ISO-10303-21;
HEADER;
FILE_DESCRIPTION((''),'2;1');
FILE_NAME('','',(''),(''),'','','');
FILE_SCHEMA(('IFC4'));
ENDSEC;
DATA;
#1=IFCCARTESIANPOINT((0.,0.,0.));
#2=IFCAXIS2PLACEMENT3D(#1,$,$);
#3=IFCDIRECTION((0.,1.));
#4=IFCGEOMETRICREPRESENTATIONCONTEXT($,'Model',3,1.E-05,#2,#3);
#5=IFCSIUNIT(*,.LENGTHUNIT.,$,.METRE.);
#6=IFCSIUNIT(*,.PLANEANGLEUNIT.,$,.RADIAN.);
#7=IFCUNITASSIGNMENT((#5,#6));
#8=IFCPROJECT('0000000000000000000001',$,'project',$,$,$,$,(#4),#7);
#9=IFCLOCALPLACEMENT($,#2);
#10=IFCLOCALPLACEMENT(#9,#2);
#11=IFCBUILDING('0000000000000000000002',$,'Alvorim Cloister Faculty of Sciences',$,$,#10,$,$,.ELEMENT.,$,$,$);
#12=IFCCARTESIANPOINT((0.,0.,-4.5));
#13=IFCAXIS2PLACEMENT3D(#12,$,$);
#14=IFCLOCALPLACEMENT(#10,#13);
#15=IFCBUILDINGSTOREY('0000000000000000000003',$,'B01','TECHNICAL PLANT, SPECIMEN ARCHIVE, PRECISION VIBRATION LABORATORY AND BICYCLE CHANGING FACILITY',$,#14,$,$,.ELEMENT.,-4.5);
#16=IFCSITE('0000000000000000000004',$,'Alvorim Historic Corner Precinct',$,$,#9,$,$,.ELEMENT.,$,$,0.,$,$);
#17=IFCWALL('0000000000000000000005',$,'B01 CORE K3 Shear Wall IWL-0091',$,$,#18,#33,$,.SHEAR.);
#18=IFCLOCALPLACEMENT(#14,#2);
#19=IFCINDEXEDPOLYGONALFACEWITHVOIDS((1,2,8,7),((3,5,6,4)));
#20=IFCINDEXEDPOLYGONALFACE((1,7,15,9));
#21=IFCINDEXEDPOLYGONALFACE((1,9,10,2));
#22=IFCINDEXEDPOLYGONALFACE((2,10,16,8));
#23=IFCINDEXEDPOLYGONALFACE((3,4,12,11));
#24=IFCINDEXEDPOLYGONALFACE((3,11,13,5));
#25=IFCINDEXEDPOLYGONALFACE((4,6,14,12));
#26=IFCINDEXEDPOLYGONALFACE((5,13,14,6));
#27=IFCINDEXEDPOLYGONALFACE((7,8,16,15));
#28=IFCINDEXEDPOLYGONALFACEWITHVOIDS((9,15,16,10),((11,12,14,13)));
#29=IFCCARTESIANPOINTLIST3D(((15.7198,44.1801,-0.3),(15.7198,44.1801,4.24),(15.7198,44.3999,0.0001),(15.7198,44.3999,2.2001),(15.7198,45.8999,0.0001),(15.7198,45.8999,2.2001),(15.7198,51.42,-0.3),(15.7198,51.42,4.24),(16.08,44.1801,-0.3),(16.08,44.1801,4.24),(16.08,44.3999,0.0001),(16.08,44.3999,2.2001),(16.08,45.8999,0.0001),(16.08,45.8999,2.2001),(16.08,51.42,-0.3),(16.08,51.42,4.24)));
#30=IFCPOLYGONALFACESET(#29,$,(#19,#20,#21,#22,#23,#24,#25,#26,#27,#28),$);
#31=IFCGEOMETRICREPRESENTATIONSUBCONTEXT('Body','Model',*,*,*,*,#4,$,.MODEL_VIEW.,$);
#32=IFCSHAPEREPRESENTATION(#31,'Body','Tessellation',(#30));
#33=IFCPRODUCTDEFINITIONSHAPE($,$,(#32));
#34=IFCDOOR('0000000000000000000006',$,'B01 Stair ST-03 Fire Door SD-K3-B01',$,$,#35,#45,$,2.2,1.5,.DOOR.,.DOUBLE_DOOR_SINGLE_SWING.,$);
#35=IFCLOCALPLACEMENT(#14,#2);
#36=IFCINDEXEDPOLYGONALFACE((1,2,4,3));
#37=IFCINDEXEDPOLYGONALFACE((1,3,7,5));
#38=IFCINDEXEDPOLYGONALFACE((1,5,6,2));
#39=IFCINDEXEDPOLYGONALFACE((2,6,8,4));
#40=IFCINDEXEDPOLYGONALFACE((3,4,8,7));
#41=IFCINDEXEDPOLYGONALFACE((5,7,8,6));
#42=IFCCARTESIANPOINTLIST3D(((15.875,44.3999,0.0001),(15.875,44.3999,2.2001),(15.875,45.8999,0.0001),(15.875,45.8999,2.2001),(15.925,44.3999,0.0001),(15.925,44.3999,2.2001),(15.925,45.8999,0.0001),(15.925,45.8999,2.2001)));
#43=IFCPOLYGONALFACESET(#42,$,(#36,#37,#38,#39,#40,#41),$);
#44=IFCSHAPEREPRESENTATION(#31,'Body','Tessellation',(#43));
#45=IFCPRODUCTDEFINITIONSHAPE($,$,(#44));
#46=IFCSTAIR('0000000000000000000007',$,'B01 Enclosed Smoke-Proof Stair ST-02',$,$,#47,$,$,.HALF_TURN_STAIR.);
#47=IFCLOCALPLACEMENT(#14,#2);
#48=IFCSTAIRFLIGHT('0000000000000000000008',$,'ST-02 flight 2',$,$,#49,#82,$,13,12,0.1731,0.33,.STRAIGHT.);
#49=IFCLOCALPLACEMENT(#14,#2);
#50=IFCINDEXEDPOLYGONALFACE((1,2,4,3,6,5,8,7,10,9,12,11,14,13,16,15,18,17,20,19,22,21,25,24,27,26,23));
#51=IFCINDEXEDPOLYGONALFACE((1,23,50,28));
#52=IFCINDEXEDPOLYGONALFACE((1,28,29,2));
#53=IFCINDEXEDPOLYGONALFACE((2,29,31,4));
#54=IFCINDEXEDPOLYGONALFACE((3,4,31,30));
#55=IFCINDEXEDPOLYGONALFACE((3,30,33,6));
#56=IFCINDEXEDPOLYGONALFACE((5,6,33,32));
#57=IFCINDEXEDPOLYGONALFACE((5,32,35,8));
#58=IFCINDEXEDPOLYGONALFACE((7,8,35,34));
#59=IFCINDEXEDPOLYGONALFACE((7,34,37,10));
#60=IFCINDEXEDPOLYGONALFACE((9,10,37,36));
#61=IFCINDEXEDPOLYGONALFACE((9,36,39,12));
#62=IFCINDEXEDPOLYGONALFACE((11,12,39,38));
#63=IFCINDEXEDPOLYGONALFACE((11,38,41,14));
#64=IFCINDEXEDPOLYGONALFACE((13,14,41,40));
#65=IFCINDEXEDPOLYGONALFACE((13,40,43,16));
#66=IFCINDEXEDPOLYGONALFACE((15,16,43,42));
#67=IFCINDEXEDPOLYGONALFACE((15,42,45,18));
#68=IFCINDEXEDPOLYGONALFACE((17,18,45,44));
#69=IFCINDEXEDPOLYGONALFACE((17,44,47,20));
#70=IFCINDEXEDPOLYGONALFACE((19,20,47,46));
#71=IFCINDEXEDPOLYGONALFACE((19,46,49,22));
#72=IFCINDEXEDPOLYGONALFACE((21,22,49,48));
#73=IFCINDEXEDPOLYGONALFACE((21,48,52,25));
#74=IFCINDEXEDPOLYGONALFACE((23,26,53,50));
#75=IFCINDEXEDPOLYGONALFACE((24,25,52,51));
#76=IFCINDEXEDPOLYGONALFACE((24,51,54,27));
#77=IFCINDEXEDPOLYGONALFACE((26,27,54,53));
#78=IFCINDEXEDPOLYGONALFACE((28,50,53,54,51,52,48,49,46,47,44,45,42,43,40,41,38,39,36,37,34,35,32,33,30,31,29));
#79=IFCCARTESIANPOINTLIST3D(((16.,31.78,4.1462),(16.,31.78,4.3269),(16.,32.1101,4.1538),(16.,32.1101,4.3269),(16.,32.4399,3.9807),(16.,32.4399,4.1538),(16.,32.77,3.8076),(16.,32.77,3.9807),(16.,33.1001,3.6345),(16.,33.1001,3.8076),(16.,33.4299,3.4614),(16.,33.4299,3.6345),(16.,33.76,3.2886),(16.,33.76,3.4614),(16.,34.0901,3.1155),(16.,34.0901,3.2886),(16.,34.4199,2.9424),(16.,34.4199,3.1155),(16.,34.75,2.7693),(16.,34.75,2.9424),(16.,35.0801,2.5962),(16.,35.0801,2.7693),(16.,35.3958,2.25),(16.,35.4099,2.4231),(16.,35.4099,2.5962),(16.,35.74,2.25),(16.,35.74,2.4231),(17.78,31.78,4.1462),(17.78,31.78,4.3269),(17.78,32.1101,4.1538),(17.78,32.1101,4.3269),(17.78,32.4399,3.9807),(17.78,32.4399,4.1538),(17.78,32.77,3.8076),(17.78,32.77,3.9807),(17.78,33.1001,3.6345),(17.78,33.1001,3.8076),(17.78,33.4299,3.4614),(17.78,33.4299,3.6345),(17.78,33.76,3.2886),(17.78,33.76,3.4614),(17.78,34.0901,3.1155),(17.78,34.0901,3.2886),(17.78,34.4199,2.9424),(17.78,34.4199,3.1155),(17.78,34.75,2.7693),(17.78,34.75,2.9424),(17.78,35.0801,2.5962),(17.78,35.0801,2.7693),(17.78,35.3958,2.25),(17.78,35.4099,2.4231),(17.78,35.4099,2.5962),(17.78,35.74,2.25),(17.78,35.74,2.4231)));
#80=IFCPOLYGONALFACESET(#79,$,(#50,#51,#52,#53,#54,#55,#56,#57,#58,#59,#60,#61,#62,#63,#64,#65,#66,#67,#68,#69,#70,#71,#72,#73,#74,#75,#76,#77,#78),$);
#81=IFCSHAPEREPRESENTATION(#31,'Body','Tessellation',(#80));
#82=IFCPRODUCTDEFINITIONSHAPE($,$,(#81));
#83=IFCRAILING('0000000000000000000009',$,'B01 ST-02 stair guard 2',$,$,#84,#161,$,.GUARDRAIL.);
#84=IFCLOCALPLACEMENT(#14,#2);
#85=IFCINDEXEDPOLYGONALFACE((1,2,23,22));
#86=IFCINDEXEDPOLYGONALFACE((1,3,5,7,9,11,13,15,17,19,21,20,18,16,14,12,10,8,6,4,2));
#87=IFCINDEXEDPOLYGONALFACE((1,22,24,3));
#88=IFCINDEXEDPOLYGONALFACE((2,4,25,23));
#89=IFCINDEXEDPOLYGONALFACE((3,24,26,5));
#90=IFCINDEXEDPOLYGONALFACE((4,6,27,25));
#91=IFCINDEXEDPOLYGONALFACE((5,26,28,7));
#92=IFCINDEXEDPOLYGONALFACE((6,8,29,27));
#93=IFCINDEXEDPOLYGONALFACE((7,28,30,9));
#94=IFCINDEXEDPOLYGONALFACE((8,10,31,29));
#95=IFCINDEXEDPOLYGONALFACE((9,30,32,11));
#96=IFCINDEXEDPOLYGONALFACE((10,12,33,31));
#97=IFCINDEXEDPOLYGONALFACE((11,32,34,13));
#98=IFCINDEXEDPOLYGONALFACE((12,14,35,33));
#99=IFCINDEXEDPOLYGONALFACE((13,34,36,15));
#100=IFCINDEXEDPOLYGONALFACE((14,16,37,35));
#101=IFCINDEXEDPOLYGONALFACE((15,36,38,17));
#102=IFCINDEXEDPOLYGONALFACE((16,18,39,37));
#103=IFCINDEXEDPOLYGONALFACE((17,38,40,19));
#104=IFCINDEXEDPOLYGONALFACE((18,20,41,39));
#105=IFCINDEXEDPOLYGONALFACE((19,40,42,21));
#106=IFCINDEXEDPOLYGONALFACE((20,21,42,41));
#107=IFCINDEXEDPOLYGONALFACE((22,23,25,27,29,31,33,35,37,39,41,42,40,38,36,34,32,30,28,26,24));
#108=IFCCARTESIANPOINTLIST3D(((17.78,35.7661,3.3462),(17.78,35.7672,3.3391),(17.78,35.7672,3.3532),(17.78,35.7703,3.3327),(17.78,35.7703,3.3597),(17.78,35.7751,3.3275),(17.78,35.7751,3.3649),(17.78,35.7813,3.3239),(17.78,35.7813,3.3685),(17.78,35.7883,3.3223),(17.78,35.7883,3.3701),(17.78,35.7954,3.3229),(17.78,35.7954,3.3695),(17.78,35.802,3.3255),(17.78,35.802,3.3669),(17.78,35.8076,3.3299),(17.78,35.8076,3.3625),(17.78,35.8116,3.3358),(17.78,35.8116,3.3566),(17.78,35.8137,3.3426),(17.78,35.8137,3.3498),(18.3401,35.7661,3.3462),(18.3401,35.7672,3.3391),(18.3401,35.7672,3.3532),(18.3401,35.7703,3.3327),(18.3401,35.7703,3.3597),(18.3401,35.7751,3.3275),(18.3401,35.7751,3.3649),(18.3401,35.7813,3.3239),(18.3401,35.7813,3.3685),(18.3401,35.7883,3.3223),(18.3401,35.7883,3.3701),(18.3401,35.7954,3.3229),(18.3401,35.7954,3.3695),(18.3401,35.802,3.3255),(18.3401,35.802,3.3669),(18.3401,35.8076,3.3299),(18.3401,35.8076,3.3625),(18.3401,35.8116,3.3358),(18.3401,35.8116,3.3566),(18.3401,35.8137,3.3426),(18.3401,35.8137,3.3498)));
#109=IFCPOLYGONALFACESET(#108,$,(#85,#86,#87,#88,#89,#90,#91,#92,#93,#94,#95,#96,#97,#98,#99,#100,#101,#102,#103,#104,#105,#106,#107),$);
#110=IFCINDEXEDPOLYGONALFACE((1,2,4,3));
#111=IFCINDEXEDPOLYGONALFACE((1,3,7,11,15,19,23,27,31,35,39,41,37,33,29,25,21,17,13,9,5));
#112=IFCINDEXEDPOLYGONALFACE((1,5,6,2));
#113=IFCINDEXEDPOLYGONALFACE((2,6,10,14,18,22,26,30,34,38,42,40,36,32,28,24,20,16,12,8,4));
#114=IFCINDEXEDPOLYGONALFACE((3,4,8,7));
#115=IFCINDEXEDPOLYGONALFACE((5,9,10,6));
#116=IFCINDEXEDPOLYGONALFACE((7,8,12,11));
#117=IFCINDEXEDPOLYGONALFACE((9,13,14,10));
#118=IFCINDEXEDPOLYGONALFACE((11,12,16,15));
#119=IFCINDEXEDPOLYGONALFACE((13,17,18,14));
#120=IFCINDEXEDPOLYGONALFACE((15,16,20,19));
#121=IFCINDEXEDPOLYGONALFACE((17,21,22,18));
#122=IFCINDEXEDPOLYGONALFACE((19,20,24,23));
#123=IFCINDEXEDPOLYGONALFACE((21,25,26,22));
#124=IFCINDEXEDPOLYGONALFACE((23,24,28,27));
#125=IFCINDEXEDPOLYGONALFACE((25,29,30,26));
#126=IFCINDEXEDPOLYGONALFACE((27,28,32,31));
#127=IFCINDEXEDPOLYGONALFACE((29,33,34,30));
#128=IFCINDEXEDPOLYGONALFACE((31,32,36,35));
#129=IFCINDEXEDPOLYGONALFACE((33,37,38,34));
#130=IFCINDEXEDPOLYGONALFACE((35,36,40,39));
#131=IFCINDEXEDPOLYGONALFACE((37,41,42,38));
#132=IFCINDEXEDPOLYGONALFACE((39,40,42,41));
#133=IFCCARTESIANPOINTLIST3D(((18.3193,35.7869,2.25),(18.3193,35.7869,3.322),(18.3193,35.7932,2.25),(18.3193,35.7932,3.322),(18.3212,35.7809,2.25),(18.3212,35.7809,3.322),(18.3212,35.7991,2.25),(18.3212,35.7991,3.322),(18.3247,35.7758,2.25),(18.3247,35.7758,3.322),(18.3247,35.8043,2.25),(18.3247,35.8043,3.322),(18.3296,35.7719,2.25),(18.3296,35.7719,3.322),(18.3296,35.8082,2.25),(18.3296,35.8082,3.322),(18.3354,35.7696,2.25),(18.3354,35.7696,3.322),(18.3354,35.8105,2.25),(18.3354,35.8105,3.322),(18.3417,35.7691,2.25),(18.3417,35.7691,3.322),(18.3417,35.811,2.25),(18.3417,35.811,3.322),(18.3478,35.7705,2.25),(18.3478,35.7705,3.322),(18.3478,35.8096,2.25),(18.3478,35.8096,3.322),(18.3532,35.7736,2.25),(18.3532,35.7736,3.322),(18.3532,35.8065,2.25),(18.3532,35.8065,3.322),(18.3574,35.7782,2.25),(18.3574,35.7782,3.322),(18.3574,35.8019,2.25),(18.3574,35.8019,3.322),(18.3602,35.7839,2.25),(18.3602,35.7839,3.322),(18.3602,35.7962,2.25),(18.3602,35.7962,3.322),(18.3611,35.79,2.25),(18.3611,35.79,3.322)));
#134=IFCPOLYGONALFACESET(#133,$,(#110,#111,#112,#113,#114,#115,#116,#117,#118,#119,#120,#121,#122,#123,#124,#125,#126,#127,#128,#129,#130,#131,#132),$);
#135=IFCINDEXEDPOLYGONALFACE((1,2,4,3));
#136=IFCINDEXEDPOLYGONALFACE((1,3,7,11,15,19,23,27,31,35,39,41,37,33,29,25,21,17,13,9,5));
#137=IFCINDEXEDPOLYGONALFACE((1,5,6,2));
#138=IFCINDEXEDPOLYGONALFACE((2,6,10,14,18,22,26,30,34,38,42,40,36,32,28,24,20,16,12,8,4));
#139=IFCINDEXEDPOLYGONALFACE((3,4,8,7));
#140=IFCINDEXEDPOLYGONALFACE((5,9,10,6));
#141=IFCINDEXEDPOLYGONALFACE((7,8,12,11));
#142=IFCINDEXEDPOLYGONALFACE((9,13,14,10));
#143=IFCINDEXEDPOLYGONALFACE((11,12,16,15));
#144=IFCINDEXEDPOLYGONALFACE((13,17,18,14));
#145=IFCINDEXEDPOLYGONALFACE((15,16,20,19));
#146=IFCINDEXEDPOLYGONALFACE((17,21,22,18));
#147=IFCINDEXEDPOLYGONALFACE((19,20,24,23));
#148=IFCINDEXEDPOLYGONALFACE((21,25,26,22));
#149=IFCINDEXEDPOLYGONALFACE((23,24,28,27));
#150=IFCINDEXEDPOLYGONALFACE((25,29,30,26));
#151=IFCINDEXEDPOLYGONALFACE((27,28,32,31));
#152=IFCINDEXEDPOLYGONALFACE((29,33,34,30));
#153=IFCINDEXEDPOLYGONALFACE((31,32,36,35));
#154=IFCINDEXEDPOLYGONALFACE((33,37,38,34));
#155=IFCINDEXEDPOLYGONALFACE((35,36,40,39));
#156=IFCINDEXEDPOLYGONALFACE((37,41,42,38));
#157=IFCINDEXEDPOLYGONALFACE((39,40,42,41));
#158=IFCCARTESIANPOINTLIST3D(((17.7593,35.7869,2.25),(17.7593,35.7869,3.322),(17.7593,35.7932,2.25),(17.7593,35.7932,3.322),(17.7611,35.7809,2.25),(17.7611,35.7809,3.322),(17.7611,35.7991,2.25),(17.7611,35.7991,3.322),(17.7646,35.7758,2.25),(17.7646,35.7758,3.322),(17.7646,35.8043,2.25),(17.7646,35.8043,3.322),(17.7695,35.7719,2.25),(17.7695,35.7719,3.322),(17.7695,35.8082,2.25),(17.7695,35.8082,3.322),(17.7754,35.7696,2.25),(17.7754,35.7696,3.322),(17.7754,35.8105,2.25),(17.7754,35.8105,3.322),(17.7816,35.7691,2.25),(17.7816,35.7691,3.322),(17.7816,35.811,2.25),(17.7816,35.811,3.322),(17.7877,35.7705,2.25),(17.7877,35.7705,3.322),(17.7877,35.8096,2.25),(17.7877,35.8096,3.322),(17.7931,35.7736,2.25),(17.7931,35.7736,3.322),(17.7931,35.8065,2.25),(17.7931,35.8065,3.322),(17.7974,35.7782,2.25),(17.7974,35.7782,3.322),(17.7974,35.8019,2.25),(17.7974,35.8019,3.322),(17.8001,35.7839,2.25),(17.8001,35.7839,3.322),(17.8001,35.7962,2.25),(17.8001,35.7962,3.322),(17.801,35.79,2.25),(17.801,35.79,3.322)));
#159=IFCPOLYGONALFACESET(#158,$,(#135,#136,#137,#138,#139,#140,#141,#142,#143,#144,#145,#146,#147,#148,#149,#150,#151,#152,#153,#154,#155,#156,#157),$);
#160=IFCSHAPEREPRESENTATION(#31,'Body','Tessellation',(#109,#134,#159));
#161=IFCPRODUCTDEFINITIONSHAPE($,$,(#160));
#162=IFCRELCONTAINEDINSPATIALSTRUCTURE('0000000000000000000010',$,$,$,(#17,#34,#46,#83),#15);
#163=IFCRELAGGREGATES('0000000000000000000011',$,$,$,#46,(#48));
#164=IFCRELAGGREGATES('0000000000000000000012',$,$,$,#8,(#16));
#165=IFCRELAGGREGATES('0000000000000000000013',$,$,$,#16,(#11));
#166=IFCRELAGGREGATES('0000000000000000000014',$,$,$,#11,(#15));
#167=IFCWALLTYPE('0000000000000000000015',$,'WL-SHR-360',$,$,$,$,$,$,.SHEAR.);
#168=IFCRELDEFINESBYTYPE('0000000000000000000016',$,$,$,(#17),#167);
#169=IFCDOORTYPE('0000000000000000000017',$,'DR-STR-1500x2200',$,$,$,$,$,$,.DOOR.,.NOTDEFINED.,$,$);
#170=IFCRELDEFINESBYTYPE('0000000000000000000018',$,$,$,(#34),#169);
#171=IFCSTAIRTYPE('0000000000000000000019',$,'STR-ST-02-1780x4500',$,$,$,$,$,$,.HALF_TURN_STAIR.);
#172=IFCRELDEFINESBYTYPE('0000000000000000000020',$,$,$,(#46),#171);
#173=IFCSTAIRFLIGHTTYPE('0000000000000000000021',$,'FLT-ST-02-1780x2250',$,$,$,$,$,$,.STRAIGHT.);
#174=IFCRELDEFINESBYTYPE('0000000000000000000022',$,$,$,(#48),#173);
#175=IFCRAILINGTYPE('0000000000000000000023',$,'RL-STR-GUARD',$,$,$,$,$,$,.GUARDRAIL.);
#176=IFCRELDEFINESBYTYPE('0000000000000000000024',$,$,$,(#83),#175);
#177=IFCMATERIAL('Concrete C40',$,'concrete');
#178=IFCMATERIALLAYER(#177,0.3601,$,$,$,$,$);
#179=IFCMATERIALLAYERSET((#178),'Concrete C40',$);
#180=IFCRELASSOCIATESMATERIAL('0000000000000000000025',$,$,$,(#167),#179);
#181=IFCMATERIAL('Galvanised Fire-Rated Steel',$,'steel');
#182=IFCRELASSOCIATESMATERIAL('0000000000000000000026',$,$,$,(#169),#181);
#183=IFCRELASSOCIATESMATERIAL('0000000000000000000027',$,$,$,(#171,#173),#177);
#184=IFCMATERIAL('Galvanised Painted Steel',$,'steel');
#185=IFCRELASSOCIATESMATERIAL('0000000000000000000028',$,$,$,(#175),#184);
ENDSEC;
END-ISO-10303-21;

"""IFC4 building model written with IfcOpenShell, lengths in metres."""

from ifc_helpers import new_model, si_unit, direction, frame, frame_2d, origin, origin_2d, place, context, subcontext, project, spatial, polyline, rectangle, circle, outline, extrude, material, layer, layer_set, type_object, element, fill, aggregate, save


model = new_model("IFC4")

# Units and contexts
model_context = context("Model", 3, precision=1e-05, world=origin(), true_north=direction((0.0, 1.0)))
body_context = subcontext(model_context, "Body", "Model", "MODEL_VIEW")
ifc_project = project(units=[si_unit("LENGTHUNIT", "METRE"), si_unit("PLANEANGLEUNIT", "RADIAN")], contexts=[model_context])

# Site, building, storey
site_placement = place(None, origin())
site = spatial("IfcSite", under=ifc_project, at=site_placement, Name="Alvorim Historic Corner Precinct", CompositionType="ELEMENT", RefElevation=0.0)
building_placement = place(site_placement, origin())
building = spatial("IfcBuilding", under=site, at=building_placement, Name="Alvorim Cloister Faculty of Sciences", CompositionType="ELEMENT")
storey_placement = place(building_placement, frame((0.0, 0.0, -4.5)))
storey = spatial("IfcBuildingStorey", under=building, at=storey_placement, Name="B01", Description="TECHNICAL PLANT, SPECIMEN ARCHIVE, PRECISION VIBRATION LABORATORY AND BICYCLE CHANGING FACILITY", CompositionType="ELEMENT", Elevation=-4.5)

# Shared definitions
ifc_material_1 = material(Name="Concrete C40", Category="concrete")

# Shared definitions
ifc_material_2 = material(Name="Galvanised Fire-Rated Steel", Category="steel")

# Shared definitions
ifc_layer_1 = layer(ifc_material_1, 0.3601)
ifc_layer_set_1 = layer_set([ifc_layer_1], Name="Concrete C40")
wall_type_1 = type_object("IfcWallType", Name="WL-SHR-360", PredefinedType="SHEAR", material=ifc_layer_set_1)

# Wall, opening, door
wall_1_placement = place(storey_placement, frame((15.8999, 44.1799, -0.3), z_axis=(0.0, 0.0, 1.0), x_axis=(0.0, 1.0, 0.0)))
wall_1 = element("IfcWall", 1, at=wall_1_placement, inside=storey, type_object=wall_type_1, Name="B01 CORE K3 Shear Wall IWL-0091", PredefinedType="SHEAR", context=body_context, shape_type="SweptSolid", body=[
    extrude(rectangle(XDim=7.24, YDim=0.3601, at=frame_2d((3.6201, 0.0))), origin(), (0.0, 0.0, 1.0), 4.54),
])
opening_1_placement = place(wall_1_placement, frame((0.22, 0.0, 0.3)))
opening_1 = element("IfcOpeningElement", 2, at=opening_1_placement, cuts=wall_1, PredefinedType="OPENING", context=body_context, shape_type="SweptSolid", body=[
    extrude(rectangle(XDim=1.5, YDim=2.2, at=frame_2d((0.75, 1.1001))), frame((0.0, 0.1919, 0.0), z_axis=(0.0, -1.0, 0.0), x_axis=(1.0, 0.0, 0.0)), (0.0, 0.0, 1.0), 0.384),
])
door_type_1 = type_object("IfcDoorType", Name="DR-STR-1500x2200", OperationType="NOTDEFINED", PredefinedType="DOOR", material=ifc_material_2)
door_1_placement = place(opening_1_placement, origin())
door_1 = element("IfcDoor", 3, at=door_1_placement, inside=storey, type_object=door_type_1, Name="B01 Stair ST-03 Fire Door SD-K3-B01", OperationType="DOUBLE_DOOR_SINGLE_SWING", OverallHeight=2.2, OverallWidth=1.5, PredefinedType="DOOR", context=body_context, shape_type="SweptSolid", body=[
    extrude(rectangle(XDim=1.5, YDim=2.2, at=frame_2d((0.75, 1.1001))), frame((0.0, 0.0249, 0.0), z_axis=(0.0, -1.0, 0.0), x_axis=(1.0, 0.0, 0.0)), (0.0, 0.0, 1.0), 0.05),
])
fill(opening_1, door_1)

# Stair, stair flight
stair_type = type_object("IfcStairType", Name="STR-ST-02-1780x4500", PredefinedType="HALF_TURN_STAIR", material=ifc_material_1)
stair_placement = place(storey_placement, origin())
stair = element("IfcStair", 4, at=stair_placement, inside=storey, type_object=stair_type, Name="B01 Enclosed Smoke-Proof Stair ST-02", PredefinedType="HALF_TURN_STAIR")
stair_flight_type = type_object("IfcStairFlightType", Name="FLT-ST-02-1780x2250", PredefinedType="STRAIGHT", material=ifc_material_1)
stair_flight_placement = place(storey_placement, frame((16.8899, 35.74, 2.25), z_axis=(0.0, 0.0, 1.0), x_axis=(0.0, -1.0, 0.0)))
stair_flight = element("IfcStairFlight", 5, at=stair_flight_placement, type_object=stair_flight_type, Name="ST-02 flight 2", NumberOfRisers=13, NumberOfTreads=12, PredefinedType="STRAIGHT", RiserHeight=0.1731, TreadLength=0.33, context=body_context, shape_type="SweptSolid", body=[
    extrude(outline(polyline([(0.3442, 0.0), (3.96, 1.8962), (3.96, 2.25), (3.96, 2.0769), (3.6299, 2.0769), (3.6299, 1.9038), (3.3, 1.9038), (3.3, 1.7307), (2.97, 1.7307), (2.97, 1.5576), (2.6399, 1.5576), (2.6399, 1.3845), (2.3101, 1.3845), (2.3101, 1.2114), (1.98, 1.2114), (1.98, 1.0386), (1.6499, 1.0386), (1.6499, 0.8655), (1.3201, 0.8655), (1.3201, 0.6924), (0.99, 0.6924), (0.99, 0.5193), (0.6599, 0.5193), (0.6599, 0.3462), (0.3301, 0.3462), (0.3301, 0.1731), (0.0, 0.1731), (0.0, 0.0), (0.3442, 0.0)])), frame((0.0, 0.8901, 0.0), z_axis=(0.0, -1.0, 0.0), x_axis=(1.0, 0.0, 0.0)), (0.0, 0.0, 1.0), 1.78),
])
aggregate(stair, [stair_flight])

# Railing
ifc_material_3 = material(Name="Galvanised Painted Steel", Category="steel")
railing_type_1 = type_object("IfcRailingType", Name="RL-STR-GUARD", PredefinedType="GUARDRAIL", material=ifc_material_3)
railing_1_placement = place(storey_placement, frame((18.3401, 35.79, 2.25)))
element("IfcRailing", 6, at=railing_1_placement, inside=storey, type_object=railing_type_1, Name="B01 ST-02 stair guard 2", PredefinedType="GUARDRAIL", context=body_context, shape_type="SweptSolid", body=[
    extrude(circle(Radius=0.0239, at=origin_2d()), frame((0.0, 0.0, 1.0962), z_axis=(-1.0, 0.0, 0.0), x_axis=(0.0, -1.0, 0.0)), (0.0, 0.0, 1.0), 0.5601),
    extrude(circle(Radius=0.021, at=origin_2d()), origin(), (0.0, 0.0, 1.0), 1.072),
    extrude(circle(Radius=0.021, at=origin_2d()), frame((-0.5601, 0.0, 0.0)), (0.0, 0.0, 1.0), 1.072),
])

save(model, "model.ifc")
